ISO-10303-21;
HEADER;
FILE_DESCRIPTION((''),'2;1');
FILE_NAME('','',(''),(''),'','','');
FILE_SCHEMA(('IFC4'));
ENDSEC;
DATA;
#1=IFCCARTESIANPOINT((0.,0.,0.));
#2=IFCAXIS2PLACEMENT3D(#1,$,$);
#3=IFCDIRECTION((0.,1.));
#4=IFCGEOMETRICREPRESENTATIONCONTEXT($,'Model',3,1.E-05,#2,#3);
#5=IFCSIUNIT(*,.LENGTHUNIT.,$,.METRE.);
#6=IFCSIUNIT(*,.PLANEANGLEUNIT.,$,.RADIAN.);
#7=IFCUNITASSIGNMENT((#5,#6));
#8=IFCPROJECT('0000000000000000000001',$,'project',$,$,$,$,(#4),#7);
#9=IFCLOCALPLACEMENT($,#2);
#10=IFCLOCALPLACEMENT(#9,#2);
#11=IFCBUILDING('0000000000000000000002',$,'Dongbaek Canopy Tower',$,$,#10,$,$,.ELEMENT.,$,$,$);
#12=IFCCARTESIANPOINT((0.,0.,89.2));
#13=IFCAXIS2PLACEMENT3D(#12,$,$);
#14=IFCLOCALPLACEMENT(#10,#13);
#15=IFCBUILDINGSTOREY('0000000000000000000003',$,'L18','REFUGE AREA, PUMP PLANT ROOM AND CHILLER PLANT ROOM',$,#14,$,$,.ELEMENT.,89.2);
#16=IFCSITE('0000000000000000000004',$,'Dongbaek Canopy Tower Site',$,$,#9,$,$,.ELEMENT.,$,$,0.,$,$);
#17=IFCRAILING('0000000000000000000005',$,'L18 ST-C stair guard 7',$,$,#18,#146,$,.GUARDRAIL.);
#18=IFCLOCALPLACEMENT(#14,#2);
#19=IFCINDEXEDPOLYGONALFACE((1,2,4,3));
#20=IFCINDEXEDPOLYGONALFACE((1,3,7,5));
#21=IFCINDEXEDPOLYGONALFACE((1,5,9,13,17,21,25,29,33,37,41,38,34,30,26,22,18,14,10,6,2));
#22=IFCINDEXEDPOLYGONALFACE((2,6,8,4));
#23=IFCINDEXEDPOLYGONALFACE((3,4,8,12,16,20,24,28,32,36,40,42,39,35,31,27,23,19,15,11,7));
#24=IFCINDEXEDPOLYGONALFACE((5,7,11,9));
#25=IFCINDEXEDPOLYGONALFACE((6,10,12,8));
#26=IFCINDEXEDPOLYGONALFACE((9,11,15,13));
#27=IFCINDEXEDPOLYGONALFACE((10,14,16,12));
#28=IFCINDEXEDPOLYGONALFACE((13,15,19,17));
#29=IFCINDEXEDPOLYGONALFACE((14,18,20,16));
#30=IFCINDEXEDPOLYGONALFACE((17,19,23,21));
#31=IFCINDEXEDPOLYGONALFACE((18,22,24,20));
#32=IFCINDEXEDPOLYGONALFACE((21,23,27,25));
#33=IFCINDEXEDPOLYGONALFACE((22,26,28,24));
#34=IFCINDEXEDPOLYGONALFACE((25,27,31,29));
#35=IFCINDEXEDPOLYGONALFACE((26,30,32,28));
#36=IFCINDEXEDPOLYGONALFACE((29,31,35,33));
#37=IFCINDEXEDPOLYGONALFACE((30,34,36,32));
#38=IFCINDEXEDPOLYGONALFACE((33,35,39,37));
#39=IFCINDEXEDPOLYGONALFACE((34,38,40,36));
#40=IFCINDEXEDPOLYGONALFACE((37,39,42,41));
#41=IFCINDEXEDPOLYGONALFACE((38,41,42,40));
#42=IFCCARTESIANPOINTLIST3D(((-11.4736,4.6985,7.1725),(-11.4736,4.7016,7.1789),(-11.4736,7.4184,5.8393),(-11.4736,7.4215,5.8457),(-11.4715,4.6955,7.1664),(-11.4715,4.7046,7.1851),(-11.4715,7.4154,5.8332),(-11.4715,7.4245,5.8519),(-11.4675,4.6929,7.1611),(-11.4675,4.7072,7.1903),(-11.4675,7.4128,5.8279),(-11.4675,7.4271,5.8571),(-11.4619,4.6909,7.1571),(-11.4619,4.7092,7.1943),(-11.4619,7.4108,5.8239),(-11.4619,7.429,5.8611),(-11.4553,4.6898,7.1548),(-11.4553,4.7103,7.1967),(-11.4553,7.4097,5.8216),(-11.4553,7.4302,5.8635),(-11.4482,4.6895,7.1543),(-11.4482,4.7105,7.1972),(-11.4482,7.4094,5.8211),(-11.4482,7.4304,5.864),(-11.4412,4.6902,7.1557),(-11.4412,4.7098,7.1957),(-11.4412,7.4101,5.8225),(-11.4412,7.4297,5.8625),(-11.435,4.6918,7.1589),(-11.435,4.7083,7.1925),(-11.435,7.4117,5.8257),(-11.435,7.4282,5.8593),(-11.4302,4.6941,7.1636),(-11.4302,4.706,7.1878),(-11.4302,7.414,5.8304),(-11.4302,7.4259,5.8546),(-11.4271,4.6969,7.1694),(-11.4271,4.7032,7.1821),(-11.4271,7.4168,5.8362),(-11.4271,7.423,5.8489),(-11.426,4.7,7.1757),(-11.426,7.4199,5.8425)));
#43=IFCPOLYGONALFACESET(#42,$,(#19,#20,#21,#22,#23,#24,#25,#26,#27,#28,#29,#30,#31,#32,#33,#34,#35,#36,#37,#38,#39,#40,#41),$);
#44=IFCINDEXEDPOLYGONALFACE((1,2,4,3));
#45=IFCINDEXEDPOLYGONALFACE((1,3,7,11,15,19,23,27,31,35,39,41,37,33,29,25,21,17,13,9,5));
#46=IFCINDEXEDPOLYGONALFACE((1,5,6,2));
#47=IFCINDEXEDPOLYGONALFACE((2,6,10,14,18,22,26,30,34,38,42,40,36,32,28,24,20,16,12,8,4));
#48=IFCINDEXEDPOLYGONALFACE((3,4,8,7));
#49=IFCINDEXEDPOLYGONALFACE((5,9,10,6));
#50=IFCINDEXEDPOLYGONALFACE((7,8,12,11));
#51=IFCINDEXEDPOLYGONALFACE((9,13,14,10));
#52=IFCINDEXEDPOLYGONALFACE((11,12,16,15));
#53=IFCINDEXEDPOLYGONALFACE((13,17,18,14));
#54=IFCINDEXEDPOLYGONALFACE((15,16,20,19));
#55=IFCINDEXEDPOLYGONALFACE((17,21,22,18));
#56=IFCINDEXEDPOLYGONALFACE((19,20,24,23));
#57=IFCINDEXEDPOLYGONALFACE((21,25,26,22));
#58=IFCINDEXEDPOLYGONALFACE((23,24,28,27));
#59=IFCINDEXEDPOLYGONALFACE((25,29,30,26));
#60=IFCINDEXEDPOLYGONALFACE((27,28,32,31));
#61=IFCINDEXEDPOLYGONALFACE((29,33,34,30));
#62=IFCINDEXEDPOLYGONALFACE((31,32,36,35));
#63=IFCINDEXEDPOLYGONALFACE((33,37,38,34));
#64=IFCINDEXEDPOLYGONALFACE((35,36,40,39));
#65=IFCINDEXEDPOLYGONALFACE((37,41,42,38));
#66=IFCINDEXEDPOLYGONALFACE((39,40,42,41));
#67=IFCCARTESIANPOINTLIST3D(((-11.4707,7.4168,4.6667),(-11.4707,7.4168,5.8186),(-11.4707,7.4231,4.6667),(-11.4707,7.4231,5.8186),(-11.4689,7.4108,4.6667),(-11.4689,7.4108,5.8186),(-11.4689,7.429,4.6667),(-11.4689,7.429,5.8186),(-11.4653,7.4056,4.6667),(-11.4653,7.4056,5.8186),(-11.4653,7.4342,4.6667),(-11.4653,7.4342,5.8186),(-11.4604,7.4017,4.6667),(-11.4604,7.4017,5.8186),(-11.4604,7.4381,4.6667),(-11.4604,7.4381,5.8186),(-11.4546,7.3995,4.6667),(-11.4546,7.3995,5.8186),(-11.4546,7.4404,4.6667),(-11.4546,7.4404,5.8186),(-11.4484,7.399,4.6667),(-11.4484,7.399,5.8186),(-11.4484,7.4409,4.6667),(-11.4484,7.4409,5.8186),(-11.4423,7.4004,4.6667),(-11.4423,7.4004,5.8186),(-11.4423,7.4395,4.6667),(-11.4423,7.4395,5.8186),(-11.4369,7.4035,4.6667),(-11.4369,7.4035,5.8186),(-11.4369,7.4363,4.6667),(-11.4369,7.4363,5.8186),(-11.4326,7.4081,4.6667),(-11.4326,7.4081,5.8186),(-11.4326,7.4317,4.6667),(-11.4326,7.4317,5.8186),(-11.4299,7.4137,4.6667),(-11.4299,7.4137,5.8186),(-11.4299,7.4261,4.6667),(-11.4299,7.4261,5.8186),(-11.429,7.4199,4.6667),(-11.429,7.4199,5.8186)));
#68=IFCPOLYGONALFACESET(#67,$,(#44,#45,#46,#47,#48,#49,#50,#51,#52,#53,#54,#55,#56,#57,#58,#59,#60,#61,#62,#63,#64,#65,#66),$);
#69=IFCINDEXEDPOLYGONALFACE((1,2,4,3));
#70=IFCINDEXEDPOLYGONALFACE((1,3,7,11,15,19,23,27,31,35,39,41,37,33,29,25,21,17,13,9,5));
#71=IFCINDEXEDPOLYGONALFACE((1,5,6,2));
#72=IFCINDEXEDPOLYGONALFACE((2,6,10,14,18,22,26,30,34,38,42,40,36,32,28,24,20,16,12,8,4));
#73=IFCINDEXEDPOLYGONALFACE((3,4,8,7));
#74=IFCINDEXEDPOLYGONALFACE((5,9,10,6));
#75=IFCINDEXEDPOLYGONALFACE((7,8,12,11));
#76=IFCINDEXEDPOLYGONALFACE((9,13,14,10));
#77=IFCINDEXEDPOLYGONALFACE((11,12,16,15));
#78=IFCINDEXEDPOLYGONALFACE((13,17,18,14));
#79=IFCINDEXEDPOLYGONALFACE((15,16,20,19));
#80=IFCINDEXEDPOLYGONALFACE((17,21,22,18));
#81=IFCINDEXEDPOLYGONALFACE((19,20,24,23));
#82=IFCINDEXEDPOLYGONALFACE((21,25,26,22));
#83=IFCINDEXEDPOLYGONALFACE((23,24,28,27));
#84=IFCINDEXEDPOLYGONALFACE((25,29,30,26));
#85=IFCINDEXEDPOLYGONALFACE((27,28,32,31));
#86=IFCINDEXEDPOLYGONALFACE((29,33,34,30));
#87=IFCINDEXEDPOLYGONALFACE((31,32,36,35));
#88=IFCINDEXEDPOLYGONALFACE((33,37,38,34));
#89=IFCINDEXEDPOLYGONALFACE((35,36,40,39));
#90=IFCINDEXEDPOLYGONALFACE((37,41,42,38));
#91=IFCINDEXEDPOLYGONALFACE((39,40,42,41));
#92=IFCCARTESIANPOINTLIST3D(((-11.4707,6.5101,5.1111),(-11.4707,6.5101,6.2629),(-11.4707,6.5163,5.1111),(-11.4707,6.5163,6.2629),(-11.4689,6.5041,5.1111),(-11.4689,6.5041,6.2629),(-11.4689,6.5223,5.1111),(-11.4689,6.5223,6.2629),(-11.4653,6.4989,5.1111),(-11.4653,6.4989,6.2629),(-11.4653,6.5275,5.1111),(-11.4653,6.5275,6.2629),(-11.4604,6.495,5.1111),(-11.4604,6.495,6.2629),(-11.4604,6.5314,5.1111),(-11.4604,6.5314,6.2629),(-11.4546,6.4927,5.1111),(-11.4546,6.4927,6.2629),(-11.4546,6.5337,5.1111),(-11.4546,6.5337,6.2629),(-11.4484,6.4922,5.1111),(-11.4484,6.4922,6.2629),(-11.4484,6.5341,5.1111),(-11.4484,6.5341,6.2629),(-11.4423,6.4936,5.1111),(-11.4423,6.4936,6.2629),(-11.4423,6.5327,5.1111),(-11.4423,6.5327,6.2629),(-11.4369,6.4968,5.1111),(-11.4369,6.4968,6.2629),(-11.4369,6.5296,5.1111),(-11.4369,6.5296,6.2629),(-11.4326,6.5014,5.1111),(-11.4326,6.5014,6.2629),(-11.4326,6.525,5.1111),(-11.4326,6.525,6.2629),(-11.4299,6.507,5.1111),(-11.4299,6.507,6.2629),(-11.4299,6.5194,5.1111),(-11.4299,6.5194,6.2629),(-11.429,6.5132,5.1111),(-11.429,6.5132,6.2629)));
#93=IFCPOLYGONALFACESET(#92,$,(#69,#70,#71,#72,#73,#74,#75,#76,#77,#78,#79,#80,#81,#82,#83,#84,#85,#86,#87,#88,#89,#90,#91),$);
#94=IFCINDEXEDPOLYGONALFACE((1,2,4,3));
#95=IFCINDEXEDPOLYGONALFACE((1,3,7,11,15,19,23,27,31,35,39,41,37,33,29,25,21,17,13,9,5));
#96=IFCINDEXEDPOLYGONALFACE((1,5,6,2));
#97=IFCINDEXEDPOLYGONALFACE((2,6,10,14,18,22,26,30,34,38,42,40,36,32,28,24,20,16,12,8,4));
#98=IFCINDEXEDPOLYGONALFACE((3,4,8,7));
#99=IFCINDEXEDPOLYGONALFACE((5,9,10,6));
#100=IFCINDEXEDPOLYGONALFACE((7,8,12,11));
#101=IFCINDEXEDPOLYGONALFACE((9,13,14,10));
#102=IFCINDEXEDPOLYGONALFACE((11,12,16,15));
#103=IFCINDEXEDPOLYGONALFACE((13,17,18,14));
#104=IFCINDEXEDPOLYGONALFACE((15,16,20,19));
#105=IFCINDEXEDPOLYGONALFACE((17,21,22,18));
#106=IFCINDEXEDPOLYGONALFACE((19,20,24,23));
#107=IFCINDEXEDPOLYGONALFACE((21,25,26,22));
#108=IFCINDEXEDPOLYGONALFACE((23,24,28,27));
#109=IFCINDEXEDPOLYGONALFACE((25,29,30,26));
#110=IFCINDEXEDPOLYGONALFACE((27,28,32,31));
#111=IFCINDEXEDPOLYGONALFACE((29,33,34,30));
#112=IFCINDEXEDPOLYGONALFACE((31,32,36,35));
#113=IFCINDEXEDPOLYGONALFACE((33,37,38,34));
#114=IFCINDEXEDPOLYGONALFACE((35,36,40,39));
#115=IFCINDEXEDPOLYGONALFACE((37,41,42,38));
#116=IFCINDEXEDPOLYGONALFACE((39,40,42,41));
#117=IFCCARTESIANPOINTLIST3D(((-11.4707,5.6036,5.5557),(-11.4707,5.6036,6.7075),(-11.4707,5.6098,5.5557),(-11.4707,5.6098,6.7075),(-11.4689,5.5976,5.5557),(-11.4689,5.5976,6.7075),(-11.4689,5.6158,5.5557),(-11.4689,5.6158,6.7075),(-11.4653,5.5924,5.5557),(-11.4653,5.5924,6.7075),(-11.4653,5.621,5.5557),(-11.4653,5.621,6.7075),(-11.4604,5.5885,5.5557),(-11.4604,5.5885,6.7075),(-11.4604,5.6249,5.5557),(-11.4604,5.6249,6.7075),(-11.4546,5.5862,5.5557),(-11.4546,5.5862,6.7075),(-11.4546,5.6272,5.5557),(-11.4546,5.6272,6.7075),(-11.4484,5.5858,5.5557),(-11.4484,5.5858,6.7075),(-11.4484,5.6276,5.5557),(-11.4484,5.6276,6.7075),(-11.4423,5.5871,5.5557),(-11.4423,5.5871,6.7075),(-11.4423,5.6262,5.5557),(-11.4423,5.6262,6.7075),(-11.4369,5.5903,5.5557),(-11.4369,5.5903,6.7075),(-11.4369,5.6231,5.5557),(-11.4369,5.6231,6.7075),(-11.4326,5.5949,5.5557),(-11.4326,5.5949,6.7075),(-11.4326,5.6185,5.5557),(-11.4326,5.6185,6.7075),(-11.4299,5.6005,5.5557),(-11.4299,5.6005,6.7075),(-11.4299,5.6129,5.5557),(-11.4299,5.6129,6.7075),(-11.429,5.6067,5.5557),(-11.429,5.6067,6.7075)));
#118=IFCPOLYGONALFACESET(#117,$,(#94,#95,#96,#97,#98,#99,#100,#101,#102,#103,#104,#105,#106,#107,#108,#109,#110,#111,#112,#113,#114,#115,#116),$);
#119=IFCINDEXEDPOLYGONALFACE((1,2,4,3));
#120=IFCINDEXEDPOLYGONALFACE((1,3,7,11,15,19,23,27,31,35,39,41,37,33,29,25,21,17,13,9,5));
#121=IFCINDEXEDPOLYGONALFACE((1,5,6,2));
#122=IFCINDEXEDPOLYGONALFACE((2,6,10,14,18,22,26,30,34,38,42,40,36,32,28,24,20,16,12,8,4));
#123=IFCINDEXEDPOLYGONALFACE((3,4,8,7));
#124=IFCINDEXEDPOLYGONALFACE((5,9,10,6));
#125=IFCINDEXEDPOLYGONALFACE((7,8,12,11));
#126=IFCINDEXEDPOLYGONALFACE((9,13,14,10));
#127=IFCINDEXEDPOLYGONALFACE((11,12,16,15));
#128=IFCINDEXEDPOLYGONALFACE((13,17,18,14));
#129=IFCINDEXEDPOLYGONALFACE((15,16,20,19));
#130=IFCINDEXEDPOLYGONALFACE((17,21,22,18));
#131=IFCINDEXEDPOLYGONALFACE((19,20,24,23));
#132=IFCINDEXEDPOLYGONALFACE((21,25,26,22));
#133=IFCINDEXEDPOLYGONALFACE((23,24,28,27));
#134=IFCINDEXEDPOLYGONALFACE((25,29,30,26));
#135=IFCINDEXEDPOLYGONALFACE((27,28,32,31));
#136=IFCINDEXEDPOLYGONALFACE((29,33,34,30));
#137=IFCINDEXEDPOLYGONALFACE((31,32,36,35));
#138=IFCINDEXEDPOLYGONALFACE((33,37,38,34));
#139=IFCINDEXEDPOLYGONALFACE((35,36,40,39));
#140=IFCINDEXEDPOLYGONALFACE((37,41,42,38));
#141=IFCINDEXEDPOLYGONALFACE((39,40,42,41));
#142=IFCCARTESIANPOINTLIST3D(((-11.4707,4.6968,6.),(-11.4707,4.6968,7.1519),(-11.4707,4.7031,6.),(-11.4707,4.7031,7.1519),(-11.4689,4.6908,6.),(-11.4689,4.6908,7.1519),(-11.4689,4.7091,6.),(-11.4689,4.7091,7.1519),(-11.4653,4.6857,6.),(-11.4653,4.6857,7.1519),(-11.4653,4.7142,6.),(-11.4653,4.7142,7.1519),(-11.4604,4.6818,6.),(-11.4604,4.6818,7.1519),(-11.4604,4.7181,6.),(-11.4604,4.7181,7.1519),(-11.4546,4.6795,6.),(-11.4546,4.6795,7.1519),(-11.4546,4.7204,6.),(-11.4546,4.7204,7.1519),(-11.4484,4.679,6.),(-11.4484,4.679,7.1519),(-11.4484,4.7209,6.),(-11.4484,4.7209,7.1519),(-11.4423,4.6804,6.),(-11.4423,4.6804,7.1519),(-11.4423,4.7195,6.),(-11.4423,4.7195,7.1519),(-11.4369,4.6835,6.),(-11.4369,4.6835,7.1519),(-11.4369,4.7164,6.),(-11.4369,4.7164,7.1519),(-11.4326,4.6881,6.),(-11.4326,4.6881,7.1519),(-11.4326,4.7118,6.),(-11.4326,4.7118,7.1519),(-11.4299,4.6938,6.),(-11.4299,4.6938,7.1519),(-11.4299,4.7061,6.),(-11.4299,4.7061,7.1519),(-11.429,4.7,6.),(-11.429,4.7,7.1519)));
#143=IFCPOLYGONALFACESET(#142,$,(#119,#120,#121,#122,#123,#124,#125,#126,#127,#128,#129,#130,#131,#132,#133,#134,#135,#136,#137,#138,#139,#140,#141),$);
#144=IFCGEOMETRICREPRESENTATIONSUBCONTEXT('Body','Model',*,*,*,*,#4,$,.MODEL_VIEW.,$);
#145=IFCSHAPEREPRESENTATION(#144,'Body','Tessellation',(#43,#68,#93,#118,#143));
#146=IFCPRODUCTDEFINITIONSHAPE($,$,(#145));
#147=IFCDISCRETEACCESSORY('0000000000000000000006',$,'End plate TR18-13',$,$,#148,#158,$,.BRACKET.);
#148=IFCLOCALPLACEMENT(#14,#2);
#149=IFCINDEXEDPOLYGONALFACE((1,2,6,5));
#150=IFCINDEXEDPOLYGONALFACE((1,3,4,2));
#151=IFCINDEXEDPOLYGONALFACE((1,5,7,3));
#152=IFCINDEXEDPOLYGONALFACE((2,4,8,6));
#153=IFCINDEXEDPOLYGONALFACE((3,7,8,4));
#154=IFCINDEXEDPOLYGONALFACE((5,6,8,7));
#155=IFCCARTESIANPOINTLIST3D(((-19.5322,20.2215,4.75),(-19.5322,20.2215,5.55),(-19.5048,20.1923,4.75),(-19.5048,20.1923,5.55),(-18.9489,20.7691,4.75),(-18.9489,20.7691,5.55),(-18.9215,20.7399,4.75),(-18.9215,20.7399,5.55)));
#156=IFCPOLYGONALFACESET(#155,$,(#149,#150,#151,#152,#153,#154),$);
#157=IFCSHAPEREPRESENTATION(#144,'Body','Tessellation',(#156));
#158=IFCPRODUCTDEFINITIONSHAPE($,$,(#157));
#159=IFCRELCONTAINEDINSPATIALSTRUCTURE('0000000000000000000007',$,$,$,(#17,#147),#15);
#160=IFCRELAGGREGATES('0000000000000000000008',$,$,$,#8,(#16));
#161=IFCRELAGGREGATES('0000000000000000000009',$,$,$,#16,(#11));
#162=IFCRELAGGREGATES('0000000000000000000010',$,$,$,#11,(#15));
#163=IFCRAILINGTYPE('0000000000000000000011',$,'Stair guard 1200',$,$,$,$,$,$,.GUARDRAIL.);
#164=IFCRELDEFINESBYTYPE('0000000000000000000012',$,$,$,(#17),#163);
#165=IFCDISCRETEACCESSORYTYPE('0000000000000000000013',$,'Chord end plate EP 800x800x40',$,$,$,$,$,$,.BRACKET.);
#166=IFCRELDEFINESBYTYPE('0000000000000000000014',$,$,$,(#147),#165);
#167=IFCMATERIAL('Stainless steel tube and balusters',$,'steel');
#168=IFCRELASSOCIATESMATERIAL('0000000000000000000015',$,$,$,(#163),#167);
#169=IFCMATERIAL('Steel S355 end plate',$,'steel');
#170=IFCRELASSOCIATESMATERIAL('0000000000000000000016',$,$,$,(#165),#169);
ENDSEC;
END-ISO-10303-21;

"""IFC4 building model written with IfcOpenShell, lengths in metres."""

from ifc_helpers import new_model, si_unit, direction, frame, origin, origin_2d, place, context, subcontext, project, spatial, rectangle, circle, extrude, material, type_object, element, save


model = new_model("IFC4")

# Units and contexts
model_context = context("Model", 3, precision=1e-05, world=origin(), true_north=direction((0.0, 1.0)))
body_context = subcontext(model_context, "Body", "Model", "MODEL_VIEW")
ifc_project = project(units=[si_unit("LENGTHUNIT", "METRE"), si_unit("PLANEANGLEUNIT", "RADIAN")], contexts=[model_context])

# Site, building, storey
site_placement = place(None, origin())
site = spatial("IfcSite", under=ifc_project, at=site_placement, Name="Dongbaek Canopy Tower Site", CompositionType="ELEMENT", RefElevation=0.0)
building_placement = place(site_placement, origin())
building = spatial("IfcBuilding", under=site, at=building_placement, Name="Dongbaek Canopy Tower", CompositionType="ELEMENT")
storey_placement = place(building_placement, frame((0.0, 0.0, 89.2)))
storey = spatial("IfcBuildingStorey", under=building, at=storey_placement, Name="L18", Description="REFUGE AREA, PUMP PLANT ROOM AND CHILLER PLANT ROOM", CompositionType="ELEMENT", Elevation=89.2)

# Railing
ifc_material_1 = material(Name="Stainless steel tube and balusters", Category="steel")
railing_type = type_object("IfcRailingType", Name="Stair guard 1200", PredefinedType="GUARDRAIL", material=ifc_material_1)
railing_1_placement = place(storey_placement, frame((-11.45, 7.4199, 4.6667)))
element("IfcRailing", 1, at=railing_1_placement, inside=storey, type_object=railing_type, Name="L18 ST-C stair guard 7", PredefinedType="GUARDRAIL", context=body_context, shape_type="SweptSolid", body=[
    extrude(circle(Radius=0.0239, at=origin_2d()), frame((0.0, 0.0, 1.1758), z_axis=(0.0, -0.897929, 0.440139), x_axis=(1.0, 0.0, 0.0)), (0.0, 0.0, 1.0), 3.0291),
    extrude(circle(Radius=0.021, at=origin_2d()), origin(), (0.0, 0.0, 1.0), 1.1519),
    extrude(circle(Radius=0.021, at=origin_2d()), frame((0.0, -0.9067, 0.4443)), (0.0, 0.0, 1.0), 1.1519),
    extrude(circle(Radius=0.021, at=origin_2d()), frame((0.0, -1.8132, 0.8889)), (0.0, 0.0, 1.0), 1.1519),
    extrude(circle(Radius=0.021, at=origin_2d()), frame((0.0, -2.72, 1.3333)), (0.0, 0.0, 1.0), 1.1519),
])

# Discrete accessory
ifc_material_2 = material(Name="Steel S355 end plate", Category="steel")
discrete_accessory_type = type_object("IfcDiscreteAccessoryType", Name="Chord end plate EP 800x800x40", PredefinedType="BRACKET", material=ifc_material_2)
discrete_accessory_placement = place(storey_placement, frame((-19.2268, 20.4807, 4.75), z_axis=(0.0, 0.0, 1.0), x_axis=(-0.684436, 0.729073, 0.0)))
element("IfcDiscreteAccessory", 2, at=discrete_accessory_placement, inside=storey, type_object=discrete_accessory_type, Name="End plate TR18-13", PredefinedType="BRACKET", context=body_context, shape_type="SweptSolid", body=[
    extrude(rectangle(XDim=0.04, YDim=0.8, at=origin_2d()), origin(), (0.0, 0.0, 1.0), 0.8),
])

save(model, "model.ifc")
